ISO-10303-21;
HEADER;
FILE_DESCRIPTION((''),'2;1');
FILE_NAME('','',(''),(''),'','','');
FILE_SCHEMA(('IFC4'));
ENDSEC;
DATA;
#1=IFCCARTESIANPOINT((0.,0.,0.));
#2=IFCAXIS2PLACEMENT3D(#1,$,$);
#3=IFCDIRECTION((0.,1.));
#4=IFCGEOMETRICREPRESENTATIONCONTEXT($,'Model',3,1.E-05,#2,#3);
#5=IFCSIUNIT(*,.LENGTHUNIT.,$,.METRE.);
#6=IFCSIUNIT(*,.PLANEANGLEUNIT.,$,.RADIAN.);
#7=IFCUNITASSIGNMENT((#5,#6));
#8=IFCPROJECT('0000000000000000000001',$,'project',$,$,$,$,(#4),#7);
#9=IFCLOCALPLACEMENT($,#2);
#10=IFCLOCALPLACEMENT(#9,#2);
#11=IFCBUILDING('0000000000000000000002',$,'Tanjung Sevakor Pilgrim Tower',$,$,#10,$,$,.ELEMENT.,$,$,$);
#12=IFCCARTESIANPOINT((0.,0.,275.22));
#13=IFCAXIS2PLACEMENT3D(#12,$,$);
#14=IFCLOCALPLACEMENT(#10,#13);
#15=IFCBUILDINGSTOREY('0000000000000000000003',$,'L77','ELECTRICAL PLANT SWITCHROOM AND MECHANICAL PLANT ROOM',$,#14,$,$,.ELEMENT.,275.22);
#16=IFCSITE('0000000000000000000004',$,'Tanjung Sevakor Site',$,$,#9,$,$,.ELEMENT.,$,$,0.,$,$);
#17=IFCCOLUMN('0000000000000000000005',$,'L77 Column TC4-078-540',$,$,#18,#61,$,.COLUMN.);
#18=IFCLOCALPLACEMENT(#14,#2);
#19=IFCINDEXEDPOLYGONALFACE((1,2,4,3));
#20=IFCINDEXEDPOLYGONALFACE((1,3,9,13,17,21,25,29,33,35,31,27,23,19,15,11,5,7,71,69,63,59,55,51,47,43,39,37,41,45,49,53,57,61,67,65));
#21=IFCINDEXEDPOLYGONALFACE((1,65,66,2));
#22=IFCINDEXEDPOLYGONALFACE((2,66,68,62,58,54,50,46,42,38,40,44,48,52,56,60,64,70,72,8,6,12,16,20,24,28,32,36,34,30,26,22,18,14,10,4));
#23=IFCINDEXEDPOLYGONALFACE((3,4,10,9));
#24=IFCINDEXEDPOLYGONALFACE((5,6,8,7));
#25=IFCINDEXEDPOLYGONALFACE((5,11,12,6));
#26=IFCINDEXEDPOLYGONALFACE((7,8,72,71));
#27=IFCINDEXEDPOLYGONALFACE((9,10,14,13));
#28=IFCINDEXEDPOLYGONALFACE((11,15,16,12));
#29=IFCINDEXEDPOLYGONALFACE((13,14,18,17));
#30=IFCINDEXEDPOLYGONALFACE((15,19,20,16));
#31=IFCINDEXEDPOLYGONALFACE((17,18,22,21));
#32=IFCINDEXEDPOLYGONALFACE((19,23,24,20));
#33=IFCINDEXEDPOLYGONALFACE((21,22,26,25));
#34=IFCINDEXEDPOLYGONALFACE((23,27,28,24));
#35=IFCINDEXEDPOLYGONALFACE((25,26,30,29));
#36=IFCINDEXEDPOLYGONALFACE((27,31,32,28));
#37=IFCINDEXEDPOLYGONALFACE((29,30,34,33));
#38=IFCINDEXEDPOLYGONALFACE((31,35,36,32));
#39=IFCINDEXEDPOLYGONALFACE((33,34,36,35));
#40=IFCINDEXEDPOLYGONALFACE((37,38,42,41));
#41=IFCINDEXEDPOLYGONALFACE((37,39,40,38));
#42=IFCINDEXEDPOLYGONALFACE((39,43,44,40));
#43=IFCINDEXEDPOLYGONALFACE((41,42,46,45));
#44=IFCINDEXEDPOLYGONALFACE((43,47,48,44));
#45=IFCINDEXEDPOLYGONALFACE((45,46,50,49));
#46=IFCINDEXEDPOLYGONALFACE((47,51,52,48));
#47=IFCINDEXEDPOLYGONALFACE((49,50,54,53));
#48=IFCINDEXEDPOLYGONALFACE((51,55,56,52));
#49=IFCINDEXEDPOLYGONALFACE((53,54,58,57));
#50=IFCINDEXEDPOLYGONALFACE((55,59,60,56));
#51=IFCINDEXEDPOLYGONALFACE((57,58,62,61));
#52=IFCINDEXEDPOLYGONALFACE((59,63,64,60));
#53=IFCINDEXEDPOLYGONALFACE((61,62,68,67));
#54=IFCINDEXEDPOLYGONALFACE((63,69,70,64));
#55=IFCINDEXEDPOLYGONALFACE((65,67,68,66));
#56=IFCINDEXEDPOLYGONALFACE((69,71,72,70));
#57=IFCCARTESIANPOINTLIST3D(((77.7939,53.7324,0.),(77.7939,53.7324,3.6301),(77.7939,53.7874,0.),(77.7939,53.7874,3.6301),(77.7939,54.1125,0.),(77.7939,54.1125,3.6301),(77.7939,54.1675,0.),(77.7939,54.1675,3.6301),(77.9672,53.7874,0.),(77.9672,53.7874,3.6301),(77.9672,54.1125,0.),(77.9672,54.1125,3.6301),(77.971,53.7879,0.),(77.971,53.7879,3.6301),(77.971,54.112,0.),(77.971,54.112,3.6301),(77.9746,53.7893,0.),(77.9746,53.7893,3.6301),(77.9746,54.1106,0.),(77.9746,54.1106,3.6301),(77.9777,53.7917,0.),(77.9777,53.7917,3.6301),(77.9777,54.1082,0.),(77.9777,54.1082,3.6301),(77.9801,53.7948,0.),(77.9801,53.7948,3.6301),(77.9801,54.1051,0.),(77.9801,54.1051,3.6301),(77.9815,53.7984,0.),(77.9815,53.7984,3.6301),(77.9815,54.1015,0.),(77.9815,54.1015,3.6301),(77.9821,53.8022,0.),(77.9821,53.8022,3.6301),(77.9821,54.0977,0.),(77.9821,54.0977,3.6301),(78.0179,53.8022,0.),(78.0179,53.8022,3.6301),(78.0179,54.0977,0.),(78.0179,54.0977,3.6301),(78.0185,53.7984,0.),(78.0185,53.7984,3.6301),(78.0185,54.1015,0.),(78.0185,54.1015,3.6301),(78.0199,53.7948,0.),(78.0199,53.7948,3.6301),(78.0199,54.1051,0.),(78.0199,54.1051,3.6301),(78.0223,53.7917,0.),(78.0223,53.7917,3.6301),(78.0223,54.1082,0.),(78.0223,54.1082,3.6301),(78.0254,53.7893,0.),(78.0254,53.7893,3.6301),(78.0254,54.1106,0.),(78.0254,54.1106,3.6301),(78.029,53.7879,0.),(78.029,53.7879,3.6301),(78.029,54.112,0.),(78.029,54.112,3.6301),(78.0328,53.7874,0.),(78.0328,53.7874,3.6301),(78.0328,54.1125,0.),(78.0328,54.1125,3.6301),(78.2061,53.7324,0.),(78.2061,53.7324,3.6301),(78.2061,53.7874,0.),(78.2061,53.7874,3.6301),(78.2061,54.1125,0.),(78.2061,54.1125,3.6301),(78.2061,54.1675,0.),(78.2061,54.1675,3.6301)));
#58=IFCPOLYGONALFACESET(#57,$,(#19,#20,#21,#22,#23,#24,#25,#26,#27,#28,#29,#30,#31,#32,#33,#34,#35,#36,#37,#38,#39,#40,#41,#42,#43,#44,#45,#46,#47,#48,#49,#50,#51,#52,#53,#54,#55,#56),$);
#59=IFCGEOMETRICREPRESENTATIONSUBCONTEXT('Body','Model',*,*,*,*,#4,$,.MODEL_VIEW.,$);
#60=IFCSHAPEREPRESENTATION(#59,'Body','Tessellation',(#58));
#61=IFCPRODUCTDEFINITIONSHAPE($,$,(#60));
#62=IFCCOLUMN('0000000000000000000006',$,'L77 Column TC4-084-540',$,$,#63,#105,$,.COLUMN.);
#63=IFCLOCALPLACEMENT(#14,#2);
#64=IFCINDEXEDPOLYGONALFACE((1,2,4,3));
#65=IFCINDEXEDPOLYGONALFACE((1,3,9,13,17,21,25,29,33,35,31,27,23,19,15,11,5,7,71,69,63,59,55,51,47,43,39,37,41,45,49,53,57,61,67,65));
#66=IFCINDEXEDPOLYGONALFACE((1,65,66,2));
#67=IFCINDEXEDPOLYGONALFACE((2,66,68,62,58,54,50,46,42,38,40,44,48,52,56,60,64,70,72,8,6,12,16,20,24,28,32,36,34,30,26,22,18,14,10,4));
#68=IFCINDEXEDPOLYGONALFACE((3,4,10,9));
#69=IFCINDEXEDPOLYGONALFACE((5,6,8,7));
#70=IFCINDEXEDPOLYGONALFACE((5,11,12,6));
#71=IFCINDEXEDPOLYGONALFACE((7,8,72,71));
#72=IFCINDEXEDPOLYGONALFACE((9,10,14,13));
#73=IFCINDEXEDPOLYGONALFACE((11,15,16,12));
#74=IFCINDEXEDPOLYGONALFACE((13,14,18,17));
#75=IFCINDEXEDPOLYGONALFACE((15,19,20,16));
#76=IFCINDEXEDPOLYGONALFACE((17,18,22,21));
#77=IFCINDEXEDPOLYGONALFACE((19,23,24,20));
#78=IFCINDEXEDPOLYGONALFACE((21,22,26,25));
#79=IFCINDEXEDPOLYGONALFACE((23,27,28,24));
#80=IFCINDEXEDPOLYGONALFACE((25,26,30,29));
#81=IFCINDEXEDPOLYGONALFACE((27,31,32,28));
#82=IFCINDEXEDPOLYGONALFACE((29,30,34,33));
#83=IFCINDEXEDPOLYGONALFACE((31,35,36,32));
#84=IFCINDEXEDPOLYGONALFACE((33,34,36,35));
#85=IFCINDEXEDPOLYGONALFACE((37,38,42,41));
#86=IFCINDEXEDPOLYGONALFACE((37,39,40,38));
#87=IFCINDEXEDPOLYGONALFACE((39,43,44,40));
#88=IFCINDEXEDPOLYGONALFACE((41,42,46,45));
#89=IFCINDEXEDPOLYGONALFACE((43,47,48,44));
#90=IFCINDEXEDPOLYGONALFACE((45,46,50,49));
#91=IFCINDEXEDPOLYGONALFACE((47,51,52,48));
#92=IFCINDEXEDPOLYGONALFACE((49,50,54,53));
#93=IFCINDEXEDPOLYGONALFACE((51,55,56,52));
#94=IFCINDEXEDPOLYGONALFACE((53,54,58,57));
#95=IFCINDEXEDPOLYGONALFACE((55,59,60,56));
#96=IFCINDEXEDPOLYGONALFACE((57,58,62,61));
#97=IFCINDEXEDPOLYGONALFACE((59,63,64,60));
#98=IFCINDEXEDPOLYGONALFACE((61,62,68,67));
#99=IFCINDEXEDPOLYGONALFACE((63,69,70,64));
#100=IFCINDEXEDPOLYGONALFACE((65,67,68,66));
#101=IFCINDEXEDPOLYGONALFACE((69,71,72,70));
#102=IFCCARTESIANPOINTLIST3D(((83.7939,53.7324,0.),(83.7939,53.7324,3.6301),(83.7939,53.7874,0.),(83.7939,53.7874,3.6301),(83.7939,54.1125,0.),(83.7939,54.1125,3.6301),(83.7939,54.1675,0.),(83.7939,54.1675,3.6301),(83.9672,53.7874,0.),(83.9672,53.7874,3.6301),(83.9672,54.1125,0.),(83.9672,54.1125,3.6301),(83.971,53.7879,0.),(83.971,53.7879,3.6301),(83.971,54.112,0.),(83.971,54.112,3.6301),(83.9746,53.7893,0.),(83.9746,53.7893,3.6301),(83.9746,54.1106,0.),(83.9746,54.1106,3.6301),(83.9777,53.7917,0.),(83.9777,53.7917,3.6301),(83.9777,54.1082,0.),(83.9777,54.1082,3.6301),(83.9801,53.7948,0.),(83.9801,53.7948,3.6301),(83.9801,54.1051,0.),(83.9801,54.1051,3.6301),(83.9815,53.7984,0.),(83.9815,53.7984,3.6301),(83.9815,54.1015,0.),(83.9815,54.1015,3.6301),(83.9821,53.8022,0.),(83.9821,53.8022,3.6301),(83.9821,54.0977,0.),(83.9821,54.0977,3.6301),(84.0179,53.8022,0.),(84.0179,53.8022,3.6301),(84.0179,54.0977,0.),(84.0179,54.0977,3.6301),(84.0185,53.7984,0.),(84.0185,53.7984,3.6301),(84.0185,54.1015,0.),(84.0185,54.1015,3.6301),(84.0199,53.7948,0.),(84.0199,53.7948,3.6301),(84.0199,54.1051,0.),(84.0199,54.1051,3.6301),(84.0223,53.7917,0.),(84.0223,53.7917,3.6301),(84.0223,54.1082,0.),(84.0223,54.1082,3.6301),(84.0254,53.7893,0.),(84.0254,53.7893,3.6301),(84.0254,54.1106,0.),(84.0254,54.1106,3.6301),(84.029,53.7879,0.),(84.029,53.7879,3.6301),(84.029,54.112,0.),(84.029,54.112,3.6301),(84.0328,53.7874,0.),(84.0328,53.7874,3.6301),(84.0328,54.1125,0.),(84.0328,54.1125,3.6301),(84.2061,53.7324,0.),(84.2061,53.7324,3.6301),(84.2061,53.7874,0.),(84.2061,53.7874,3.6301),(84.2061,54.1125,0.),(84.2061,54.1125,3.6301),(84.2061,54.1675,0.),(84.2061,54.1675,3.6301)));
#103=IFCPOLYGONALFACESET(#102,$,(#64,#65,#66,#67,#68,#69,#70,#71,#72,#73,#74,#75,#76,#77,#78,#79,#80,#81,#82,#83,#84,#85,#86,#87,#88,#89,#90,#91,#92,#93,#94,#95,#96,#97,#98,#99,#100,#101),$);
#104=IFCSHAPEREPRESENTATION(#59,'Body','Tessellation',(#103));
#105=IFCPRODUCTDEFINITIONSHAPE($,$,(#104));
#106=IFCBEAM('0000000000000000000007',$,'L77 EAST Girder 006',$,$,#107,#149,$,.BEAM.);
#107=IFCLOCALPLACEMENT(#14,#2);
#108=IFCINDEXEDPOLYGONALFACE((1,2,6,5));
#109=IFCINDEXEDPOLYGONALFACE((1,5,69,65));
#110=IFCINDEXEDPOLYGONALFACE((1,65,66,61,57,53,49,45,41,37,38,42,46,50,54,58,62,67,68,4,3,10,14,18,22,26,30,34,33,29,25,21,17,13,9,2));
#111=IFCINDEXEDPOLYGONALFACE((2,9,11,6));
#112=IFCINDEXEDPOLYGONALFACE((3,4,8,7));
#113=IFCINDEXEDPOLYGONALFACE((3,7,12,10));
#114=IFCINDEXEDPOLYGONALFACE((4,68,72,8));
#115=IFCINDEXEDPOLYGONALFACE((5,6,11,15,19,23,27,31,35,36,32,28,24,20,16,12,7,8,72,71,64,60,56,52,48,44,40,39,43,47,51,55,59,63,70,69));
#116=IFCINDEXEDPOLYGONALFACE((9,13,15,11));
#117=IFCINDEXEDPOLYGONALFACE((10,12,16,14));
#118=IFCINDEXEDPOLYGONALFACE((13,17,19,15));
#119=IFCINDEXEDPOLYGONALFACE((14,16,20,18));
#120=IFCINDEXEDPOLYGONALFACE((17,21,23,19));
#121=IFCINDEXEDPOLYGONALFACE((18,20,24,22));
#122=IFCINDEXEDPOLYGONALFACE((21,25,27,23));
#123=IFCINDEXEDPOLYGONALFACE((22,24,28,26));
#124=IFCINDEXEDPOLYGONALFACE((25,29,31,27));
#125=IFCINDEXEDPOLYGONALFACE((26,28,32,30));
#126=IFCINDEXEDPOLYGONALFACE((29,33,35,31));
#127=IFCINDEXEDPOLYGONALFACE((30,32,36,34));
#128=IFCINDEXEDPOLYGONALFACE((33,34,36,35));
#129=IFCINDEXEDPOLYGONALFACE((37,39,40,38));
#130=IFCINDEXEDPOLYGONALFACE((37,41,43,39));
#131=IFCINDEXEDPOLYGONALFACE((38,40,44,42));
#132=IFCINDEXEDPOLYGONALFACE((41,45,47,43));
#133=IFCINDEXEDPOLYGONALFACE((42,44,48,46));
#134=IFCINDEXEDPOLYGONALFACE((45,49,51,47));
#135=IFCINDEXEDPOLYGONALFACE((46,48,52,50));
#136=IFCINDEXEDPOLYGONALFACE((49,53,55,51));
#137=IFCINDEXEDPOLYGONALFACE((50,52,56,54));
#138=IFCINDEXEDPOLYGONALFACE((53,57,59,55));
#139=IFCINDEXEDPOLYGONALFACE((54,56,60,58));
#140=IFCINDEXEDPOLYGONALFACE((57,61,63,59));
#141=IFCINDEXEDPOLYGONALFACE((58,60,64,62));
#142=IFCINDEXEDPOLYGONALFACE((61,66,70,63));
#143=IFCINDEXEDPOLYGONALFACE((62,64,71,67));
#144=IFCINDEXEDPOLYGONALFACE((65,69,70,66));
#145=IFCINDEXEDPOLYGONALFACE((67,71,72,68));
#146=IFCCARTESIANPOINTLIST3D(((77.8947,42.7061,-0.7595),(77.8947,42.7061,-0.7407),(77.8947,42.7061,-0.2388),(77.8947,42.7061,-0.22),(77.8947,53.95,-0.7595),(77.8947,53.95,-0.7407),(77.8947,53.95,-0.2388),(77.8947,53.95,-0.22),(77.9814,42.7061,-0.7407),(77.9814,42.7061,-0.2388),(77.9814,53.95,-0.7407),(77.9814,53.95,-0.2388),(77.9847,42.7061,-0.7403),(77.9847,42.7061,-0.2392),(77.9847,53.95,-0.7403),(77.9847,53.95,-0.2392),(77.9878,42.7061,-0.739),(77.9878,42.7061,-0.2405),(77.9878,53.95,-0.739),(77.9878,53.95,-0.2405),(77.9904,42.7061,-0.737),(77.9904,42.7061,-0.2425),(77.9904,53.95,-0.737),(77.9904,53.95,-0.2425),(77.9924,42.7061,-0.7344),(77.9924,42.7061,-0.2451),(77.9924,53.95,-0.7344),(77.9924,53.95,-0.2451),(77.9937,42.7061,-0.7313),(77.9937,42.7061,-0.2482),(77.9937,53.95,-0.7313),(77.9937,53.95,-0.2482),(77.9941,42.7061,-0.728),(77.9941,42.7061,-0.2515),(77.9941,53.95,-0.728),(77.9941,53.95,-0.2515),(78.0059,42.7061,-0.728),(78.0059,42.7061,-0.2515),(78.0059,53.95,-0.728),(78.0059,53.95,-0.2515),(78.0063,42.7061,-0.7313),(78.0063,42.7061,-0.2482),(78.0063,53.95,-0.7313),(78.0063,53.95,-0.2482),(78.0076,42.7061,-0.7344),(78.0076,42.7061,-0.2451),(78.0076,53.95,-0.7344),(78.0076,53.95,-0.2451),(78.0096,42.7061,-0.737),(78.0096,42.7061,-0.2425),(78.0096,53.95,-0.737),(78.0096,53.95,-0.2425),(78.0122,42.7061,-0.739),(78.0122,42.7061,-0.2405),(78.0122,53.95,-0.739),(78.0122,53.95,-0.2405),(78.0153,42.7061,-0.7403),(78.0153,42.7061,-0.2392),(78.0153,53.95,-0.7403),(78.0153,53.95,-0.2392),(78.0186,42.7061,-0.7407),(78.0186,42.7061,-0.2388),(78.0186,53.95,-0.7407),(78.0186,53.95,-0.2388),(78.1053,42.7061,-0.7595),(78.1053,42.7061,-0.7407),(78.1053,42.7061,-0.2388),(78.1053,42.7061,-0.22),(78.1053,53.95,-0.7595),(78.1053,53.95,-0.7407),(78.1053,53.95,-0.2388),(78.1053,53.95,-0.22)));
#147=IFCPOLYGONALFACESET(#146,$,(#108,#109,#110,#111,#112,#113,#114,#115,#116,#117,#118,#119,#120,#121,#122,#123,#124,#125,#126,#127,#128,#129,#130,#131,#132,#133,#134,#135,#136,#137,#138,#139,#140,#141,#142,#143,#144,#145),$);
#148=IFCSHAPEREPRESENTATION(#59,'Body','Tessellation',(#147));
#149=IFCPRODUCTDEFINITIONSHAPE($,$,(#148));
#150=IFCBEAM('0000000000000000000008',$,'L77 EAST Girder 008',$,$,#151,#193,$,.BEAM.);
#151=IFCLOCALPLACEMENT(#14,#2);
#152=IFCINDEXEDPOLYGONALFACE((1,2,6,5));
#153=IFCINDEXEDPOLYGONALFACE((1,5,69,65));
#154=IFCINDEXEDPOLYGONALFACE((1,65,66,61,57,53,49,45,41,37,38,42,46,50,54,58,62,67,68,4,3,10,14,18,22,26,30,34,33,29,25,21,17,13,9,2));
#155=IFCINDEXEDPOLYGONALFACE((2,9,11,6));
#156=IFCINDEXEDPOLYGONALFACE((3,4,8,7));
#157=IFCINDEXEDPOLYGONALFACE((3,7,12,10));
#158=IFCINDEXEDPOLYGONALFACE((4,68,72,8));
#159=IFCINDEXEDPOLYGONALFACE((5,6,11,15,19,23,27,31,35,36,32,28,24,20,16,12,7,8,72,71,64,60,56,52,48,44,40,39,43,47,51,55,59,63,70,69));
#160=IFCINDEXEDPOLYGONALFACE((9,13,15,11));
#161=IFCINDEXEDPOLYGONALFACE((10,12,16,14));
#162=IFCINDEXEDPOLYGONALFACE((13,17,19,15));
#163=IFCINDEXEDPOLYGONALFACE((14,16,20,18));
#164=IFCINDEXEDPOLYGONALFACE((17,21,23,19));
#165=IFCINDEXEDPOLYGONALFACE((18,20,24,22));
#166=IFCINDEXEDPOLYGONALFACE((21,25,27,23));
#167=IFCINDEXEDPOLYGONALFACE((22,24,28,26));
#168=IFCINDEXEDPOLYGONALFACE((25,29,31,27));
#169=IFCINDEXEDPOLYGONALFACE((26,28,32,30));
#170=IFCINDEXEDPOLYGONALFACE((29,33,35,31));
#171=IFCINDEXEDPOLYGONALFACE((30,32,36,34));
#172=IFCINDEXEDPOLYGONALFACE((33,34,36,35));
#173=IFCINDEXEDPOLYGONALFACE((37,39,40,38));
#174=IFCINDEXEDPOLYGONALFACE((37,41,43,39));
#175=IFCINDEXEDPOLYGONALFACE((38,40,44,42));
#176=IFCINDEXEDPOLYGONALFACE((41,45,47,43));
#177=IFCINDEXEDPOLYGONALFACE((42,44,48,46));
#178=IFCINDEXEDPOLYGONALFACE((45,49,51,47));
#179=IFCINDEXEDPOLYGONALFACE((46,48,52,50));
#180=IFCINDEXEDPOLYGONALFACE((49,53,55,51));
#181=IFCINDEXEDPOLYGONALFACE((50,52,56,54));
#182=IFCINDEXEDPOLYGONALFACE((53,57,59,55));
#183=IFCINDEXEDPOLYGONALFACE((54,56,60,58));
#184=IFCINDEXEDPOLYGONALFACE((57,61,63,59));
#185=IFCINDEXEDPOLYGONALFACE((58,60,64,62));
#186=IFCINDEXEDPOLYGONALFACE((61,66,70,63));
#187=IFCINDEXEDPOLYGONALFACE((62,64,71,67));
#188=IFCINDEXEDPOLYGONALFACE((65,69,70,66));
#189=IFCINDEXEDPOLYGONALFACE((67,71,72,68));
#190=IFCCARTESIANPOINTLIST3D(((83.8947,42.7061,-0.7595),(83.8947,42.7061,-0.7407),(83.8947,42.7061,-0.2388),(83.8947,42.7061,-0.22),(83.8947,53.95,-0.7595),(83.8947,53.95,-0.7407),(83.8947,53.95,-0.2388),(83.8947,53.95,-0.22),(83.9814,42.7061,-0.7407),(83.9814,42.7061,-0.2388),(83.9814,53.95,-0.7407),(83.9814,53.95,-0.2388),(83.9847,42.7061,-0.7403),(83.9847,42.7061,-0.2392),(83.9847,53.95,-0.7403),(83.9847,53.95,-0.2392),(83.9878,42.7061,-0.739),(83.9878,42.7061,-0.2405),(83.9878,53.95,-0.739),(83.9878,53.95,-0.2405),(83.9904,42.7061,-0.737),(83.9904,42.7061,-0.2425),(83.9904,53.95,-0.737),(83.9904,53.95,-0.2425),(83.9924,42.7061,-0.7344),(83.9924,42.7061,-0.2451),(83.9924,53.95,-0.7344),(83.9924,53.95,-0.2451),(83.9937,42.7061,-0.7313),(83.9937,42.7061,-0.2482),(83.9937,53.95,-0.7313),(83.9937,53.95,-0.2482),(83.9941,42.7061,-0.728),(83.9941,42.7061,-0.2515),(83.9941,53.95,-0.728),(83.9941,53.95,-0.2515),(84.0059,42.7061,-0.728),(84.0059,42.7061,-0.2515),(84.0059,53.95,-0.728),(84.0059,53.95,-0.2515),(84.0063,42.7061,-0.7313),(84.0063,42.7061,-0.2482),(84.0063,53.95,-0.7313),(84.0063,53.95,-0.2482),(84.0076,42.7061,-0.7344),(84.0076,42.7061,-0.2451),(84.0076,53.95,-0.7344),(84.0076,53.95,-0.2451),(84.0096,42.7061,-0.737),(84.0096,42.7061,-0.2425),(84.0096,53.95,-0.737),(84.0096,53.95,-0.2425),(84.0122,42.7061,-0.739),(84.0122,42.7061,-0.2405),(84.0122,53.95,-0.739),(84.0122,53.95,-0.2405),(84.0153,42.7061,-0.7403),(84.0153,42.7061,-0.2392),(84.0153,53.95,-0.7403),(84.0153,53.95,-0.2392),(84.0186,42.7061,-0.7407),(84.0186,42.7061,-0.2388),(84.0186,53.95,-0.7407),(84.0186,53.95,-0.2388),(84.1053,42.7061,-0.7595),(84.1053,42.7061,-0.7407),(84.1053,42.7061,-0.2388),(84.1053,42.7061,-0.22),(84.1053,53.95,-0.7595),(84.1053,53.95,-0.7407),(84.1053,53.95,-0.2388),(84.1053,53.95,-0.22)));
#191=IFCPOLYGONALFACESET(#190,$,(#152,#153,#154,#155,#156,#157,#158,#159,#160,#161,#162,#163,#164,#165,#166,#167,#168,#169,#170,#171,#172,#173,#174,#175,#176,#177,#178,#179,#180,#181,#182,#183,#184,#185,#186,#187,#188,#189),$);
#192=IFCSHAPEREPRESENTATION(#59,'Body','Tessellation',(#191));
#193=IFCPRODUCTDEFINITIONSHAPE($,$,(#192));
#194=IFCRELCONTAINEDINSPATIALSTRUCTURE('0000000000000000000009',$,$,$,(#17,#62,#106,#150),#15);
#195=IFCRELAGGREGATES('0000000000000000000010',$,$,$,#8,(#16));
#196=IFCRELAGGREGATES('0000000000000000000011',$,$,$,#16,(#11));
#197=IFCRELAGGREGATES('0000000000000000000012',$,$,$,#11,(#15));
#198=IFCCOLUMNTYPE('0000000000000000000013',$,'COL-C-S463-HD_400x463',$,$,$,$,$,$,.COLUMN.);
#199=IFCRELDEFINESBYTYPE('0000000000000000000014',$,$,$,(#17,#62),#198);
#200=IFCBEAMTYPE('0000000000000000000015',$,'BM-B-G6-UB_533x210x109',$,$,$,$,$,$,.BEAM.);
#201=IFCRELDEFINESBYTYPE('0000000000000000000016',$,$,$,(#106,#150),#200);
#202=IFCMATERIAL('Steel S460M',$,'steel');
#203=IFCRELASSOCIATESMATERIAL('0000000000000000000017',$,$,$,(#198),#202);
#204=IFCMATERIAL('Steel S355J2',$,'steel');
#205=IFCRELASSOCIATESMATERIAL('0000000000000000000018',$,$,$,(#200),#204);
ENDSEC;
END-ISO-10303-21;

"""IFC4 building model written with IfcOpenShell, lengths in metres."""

from ifc_helpers import new_model, si_unit, direction, frame, origin, origin_2d, place, context, subcontext, project, spatial, i_section, extrude, material, material_profile, profile_set, type_object, element, save


model = new_model("IFC4")

# Units and contexts
model_context = context("Model", 3, precision=1e-05, world=origin(), true_north=direction((0.0, 1.0)))
body_context = subcontext(model_context, "Body", "Model", "MODEL_VIEW")
ifc_project = project(units=[si_unit("LENGTHUNIT", "METRE"), si_unit("PLANEANGLEUNIT", "RADIAN")], contexts=[model_context])

# Site, building, storey
site_placement = place(None, origin())
site = spatial("IfcSite", under=ifc_project, at=site_placement, Name="Tanjung Sevakor Site", CompositionType="ELEMENT", RefElevation=0.0)
building_placement = place(site_placement, origin())
building = spatial("IfcBuilding", under=site, at=building_placement, Name="Tanjung Sevakor Pilgrim Tower", CompositionType="ELEMENT")
storey_placement = place(building_placement, frame((0.0, 0.0, 275.22)))
storey = spatial("IfcBuildingStorey", under=building, at=storey_placement, Name="L77", Description="ELECTRICAL PLANT SWITCHROOM AND MECHANICAL PLANT ROOM", CompositionType="ELEMENT", Elevation=275.22)

# Columns
ifc_material_1 = material(Name="Steel S460M", Category="steel")
ifc_material_profile_1 = material_profile(ifc_material_1, i_section(OverallWidth=0.4121, OverallDepth=0.4351, WebThickness=0.0359, FlangeThickness=0.0549, FilletRadius=0.0149, at=origin_2d()))
ifc_profile_set_1 = profile_set([ifc_material_profile_1], Name="Steel S460M")
column_type = type_object("IfcColumnType", Name="COL-C-S463-HD_400x463", PredefinedType="COLUMN", material=ifc_profile_set_1)
for number, where, z_axis, x_axis, name in (
    (1, (78.0, 53.95, 0.0), (0.0, 0.0, 1.0), (1.0, 0.0, 0.0), "L77 Column TC4-078-540"),
    (2, (84.0, 53.95, 0.0), (0.0, 0.0, 1.0), (1.0, 0.0, 0.0), "L77 Column TC4-084-540"),
):
    element("IfcColumn", number, at=place(storey_placement, frame(where, z_axis=z_axis, x_axis=x_axis)), inside=storey, type_object=column_type, Name=name, PredefinedType="COLUMN", context=body_context, shape_type="SweptSolid", body=[
        extrude(i_section(OverallWidth=0.4121, OverallDepth=0.4351, WebThickness=0.0359, FlangeThickness=0.0549, FilletRadius=0.0149, at=origin_2d()), origin(), (0.0, 0.0, 1.0), 3.6301),
    ])

# Beams
ifc_material_2 = material(Name="Steel S355J2", Category="steel")
ifc_material_profile_2 = material_profile(ifc_material_2, i_section(OverallWidth=0.2107, OverallDepth=0.5396, WebThickness=0.0117, FlangeThickness=0.0188, FilletRadius=0.0127, at=origin_2d()))
ifc_profile_set_2 = profile_set([ifc_material_profile_2], Name="Steel S355J2")
beam_type_1 = type_object("IfcBeamType", Name="BM-B-G6-UB_533x210x109", PredefinedType="BEAM", material=ifc_profile_set_2)
for number, where, z_axis, x_axis, name in (
    (3, (78.0, 42.7061, -0.4897), (0.0, 1.0, 0.0), (-1.0, 0.0, 0.0), "L77 EAST Girder 006"),
    (4, (84.0, 42.7061, -0.4897), (0.0, 1.0, 0.0), (-1.0, 0.0, 0.0), "L77 EAST Girder 008"),
):
    element("IfcBeam", number, at=place(storey_placement, frame(where, z_axis=z_axis, x_axis=x_axis)), inside=storey, type_object=beam_type_1, Name=name, PredefinedType="BEAM", context=body_context, shape_type="SweptSolid", body=[
        extrude(i_section(OverallWidth=0.2107, OverallDepth=0.5396, WebThickness=0.0117, FlangeThickness=0.0188, FilletRadius=0.0127, at=origin_2d()), origin(), (0.0, 0.0, 1.0), 11.2439),
    ])

save(model, "model.ifc")
